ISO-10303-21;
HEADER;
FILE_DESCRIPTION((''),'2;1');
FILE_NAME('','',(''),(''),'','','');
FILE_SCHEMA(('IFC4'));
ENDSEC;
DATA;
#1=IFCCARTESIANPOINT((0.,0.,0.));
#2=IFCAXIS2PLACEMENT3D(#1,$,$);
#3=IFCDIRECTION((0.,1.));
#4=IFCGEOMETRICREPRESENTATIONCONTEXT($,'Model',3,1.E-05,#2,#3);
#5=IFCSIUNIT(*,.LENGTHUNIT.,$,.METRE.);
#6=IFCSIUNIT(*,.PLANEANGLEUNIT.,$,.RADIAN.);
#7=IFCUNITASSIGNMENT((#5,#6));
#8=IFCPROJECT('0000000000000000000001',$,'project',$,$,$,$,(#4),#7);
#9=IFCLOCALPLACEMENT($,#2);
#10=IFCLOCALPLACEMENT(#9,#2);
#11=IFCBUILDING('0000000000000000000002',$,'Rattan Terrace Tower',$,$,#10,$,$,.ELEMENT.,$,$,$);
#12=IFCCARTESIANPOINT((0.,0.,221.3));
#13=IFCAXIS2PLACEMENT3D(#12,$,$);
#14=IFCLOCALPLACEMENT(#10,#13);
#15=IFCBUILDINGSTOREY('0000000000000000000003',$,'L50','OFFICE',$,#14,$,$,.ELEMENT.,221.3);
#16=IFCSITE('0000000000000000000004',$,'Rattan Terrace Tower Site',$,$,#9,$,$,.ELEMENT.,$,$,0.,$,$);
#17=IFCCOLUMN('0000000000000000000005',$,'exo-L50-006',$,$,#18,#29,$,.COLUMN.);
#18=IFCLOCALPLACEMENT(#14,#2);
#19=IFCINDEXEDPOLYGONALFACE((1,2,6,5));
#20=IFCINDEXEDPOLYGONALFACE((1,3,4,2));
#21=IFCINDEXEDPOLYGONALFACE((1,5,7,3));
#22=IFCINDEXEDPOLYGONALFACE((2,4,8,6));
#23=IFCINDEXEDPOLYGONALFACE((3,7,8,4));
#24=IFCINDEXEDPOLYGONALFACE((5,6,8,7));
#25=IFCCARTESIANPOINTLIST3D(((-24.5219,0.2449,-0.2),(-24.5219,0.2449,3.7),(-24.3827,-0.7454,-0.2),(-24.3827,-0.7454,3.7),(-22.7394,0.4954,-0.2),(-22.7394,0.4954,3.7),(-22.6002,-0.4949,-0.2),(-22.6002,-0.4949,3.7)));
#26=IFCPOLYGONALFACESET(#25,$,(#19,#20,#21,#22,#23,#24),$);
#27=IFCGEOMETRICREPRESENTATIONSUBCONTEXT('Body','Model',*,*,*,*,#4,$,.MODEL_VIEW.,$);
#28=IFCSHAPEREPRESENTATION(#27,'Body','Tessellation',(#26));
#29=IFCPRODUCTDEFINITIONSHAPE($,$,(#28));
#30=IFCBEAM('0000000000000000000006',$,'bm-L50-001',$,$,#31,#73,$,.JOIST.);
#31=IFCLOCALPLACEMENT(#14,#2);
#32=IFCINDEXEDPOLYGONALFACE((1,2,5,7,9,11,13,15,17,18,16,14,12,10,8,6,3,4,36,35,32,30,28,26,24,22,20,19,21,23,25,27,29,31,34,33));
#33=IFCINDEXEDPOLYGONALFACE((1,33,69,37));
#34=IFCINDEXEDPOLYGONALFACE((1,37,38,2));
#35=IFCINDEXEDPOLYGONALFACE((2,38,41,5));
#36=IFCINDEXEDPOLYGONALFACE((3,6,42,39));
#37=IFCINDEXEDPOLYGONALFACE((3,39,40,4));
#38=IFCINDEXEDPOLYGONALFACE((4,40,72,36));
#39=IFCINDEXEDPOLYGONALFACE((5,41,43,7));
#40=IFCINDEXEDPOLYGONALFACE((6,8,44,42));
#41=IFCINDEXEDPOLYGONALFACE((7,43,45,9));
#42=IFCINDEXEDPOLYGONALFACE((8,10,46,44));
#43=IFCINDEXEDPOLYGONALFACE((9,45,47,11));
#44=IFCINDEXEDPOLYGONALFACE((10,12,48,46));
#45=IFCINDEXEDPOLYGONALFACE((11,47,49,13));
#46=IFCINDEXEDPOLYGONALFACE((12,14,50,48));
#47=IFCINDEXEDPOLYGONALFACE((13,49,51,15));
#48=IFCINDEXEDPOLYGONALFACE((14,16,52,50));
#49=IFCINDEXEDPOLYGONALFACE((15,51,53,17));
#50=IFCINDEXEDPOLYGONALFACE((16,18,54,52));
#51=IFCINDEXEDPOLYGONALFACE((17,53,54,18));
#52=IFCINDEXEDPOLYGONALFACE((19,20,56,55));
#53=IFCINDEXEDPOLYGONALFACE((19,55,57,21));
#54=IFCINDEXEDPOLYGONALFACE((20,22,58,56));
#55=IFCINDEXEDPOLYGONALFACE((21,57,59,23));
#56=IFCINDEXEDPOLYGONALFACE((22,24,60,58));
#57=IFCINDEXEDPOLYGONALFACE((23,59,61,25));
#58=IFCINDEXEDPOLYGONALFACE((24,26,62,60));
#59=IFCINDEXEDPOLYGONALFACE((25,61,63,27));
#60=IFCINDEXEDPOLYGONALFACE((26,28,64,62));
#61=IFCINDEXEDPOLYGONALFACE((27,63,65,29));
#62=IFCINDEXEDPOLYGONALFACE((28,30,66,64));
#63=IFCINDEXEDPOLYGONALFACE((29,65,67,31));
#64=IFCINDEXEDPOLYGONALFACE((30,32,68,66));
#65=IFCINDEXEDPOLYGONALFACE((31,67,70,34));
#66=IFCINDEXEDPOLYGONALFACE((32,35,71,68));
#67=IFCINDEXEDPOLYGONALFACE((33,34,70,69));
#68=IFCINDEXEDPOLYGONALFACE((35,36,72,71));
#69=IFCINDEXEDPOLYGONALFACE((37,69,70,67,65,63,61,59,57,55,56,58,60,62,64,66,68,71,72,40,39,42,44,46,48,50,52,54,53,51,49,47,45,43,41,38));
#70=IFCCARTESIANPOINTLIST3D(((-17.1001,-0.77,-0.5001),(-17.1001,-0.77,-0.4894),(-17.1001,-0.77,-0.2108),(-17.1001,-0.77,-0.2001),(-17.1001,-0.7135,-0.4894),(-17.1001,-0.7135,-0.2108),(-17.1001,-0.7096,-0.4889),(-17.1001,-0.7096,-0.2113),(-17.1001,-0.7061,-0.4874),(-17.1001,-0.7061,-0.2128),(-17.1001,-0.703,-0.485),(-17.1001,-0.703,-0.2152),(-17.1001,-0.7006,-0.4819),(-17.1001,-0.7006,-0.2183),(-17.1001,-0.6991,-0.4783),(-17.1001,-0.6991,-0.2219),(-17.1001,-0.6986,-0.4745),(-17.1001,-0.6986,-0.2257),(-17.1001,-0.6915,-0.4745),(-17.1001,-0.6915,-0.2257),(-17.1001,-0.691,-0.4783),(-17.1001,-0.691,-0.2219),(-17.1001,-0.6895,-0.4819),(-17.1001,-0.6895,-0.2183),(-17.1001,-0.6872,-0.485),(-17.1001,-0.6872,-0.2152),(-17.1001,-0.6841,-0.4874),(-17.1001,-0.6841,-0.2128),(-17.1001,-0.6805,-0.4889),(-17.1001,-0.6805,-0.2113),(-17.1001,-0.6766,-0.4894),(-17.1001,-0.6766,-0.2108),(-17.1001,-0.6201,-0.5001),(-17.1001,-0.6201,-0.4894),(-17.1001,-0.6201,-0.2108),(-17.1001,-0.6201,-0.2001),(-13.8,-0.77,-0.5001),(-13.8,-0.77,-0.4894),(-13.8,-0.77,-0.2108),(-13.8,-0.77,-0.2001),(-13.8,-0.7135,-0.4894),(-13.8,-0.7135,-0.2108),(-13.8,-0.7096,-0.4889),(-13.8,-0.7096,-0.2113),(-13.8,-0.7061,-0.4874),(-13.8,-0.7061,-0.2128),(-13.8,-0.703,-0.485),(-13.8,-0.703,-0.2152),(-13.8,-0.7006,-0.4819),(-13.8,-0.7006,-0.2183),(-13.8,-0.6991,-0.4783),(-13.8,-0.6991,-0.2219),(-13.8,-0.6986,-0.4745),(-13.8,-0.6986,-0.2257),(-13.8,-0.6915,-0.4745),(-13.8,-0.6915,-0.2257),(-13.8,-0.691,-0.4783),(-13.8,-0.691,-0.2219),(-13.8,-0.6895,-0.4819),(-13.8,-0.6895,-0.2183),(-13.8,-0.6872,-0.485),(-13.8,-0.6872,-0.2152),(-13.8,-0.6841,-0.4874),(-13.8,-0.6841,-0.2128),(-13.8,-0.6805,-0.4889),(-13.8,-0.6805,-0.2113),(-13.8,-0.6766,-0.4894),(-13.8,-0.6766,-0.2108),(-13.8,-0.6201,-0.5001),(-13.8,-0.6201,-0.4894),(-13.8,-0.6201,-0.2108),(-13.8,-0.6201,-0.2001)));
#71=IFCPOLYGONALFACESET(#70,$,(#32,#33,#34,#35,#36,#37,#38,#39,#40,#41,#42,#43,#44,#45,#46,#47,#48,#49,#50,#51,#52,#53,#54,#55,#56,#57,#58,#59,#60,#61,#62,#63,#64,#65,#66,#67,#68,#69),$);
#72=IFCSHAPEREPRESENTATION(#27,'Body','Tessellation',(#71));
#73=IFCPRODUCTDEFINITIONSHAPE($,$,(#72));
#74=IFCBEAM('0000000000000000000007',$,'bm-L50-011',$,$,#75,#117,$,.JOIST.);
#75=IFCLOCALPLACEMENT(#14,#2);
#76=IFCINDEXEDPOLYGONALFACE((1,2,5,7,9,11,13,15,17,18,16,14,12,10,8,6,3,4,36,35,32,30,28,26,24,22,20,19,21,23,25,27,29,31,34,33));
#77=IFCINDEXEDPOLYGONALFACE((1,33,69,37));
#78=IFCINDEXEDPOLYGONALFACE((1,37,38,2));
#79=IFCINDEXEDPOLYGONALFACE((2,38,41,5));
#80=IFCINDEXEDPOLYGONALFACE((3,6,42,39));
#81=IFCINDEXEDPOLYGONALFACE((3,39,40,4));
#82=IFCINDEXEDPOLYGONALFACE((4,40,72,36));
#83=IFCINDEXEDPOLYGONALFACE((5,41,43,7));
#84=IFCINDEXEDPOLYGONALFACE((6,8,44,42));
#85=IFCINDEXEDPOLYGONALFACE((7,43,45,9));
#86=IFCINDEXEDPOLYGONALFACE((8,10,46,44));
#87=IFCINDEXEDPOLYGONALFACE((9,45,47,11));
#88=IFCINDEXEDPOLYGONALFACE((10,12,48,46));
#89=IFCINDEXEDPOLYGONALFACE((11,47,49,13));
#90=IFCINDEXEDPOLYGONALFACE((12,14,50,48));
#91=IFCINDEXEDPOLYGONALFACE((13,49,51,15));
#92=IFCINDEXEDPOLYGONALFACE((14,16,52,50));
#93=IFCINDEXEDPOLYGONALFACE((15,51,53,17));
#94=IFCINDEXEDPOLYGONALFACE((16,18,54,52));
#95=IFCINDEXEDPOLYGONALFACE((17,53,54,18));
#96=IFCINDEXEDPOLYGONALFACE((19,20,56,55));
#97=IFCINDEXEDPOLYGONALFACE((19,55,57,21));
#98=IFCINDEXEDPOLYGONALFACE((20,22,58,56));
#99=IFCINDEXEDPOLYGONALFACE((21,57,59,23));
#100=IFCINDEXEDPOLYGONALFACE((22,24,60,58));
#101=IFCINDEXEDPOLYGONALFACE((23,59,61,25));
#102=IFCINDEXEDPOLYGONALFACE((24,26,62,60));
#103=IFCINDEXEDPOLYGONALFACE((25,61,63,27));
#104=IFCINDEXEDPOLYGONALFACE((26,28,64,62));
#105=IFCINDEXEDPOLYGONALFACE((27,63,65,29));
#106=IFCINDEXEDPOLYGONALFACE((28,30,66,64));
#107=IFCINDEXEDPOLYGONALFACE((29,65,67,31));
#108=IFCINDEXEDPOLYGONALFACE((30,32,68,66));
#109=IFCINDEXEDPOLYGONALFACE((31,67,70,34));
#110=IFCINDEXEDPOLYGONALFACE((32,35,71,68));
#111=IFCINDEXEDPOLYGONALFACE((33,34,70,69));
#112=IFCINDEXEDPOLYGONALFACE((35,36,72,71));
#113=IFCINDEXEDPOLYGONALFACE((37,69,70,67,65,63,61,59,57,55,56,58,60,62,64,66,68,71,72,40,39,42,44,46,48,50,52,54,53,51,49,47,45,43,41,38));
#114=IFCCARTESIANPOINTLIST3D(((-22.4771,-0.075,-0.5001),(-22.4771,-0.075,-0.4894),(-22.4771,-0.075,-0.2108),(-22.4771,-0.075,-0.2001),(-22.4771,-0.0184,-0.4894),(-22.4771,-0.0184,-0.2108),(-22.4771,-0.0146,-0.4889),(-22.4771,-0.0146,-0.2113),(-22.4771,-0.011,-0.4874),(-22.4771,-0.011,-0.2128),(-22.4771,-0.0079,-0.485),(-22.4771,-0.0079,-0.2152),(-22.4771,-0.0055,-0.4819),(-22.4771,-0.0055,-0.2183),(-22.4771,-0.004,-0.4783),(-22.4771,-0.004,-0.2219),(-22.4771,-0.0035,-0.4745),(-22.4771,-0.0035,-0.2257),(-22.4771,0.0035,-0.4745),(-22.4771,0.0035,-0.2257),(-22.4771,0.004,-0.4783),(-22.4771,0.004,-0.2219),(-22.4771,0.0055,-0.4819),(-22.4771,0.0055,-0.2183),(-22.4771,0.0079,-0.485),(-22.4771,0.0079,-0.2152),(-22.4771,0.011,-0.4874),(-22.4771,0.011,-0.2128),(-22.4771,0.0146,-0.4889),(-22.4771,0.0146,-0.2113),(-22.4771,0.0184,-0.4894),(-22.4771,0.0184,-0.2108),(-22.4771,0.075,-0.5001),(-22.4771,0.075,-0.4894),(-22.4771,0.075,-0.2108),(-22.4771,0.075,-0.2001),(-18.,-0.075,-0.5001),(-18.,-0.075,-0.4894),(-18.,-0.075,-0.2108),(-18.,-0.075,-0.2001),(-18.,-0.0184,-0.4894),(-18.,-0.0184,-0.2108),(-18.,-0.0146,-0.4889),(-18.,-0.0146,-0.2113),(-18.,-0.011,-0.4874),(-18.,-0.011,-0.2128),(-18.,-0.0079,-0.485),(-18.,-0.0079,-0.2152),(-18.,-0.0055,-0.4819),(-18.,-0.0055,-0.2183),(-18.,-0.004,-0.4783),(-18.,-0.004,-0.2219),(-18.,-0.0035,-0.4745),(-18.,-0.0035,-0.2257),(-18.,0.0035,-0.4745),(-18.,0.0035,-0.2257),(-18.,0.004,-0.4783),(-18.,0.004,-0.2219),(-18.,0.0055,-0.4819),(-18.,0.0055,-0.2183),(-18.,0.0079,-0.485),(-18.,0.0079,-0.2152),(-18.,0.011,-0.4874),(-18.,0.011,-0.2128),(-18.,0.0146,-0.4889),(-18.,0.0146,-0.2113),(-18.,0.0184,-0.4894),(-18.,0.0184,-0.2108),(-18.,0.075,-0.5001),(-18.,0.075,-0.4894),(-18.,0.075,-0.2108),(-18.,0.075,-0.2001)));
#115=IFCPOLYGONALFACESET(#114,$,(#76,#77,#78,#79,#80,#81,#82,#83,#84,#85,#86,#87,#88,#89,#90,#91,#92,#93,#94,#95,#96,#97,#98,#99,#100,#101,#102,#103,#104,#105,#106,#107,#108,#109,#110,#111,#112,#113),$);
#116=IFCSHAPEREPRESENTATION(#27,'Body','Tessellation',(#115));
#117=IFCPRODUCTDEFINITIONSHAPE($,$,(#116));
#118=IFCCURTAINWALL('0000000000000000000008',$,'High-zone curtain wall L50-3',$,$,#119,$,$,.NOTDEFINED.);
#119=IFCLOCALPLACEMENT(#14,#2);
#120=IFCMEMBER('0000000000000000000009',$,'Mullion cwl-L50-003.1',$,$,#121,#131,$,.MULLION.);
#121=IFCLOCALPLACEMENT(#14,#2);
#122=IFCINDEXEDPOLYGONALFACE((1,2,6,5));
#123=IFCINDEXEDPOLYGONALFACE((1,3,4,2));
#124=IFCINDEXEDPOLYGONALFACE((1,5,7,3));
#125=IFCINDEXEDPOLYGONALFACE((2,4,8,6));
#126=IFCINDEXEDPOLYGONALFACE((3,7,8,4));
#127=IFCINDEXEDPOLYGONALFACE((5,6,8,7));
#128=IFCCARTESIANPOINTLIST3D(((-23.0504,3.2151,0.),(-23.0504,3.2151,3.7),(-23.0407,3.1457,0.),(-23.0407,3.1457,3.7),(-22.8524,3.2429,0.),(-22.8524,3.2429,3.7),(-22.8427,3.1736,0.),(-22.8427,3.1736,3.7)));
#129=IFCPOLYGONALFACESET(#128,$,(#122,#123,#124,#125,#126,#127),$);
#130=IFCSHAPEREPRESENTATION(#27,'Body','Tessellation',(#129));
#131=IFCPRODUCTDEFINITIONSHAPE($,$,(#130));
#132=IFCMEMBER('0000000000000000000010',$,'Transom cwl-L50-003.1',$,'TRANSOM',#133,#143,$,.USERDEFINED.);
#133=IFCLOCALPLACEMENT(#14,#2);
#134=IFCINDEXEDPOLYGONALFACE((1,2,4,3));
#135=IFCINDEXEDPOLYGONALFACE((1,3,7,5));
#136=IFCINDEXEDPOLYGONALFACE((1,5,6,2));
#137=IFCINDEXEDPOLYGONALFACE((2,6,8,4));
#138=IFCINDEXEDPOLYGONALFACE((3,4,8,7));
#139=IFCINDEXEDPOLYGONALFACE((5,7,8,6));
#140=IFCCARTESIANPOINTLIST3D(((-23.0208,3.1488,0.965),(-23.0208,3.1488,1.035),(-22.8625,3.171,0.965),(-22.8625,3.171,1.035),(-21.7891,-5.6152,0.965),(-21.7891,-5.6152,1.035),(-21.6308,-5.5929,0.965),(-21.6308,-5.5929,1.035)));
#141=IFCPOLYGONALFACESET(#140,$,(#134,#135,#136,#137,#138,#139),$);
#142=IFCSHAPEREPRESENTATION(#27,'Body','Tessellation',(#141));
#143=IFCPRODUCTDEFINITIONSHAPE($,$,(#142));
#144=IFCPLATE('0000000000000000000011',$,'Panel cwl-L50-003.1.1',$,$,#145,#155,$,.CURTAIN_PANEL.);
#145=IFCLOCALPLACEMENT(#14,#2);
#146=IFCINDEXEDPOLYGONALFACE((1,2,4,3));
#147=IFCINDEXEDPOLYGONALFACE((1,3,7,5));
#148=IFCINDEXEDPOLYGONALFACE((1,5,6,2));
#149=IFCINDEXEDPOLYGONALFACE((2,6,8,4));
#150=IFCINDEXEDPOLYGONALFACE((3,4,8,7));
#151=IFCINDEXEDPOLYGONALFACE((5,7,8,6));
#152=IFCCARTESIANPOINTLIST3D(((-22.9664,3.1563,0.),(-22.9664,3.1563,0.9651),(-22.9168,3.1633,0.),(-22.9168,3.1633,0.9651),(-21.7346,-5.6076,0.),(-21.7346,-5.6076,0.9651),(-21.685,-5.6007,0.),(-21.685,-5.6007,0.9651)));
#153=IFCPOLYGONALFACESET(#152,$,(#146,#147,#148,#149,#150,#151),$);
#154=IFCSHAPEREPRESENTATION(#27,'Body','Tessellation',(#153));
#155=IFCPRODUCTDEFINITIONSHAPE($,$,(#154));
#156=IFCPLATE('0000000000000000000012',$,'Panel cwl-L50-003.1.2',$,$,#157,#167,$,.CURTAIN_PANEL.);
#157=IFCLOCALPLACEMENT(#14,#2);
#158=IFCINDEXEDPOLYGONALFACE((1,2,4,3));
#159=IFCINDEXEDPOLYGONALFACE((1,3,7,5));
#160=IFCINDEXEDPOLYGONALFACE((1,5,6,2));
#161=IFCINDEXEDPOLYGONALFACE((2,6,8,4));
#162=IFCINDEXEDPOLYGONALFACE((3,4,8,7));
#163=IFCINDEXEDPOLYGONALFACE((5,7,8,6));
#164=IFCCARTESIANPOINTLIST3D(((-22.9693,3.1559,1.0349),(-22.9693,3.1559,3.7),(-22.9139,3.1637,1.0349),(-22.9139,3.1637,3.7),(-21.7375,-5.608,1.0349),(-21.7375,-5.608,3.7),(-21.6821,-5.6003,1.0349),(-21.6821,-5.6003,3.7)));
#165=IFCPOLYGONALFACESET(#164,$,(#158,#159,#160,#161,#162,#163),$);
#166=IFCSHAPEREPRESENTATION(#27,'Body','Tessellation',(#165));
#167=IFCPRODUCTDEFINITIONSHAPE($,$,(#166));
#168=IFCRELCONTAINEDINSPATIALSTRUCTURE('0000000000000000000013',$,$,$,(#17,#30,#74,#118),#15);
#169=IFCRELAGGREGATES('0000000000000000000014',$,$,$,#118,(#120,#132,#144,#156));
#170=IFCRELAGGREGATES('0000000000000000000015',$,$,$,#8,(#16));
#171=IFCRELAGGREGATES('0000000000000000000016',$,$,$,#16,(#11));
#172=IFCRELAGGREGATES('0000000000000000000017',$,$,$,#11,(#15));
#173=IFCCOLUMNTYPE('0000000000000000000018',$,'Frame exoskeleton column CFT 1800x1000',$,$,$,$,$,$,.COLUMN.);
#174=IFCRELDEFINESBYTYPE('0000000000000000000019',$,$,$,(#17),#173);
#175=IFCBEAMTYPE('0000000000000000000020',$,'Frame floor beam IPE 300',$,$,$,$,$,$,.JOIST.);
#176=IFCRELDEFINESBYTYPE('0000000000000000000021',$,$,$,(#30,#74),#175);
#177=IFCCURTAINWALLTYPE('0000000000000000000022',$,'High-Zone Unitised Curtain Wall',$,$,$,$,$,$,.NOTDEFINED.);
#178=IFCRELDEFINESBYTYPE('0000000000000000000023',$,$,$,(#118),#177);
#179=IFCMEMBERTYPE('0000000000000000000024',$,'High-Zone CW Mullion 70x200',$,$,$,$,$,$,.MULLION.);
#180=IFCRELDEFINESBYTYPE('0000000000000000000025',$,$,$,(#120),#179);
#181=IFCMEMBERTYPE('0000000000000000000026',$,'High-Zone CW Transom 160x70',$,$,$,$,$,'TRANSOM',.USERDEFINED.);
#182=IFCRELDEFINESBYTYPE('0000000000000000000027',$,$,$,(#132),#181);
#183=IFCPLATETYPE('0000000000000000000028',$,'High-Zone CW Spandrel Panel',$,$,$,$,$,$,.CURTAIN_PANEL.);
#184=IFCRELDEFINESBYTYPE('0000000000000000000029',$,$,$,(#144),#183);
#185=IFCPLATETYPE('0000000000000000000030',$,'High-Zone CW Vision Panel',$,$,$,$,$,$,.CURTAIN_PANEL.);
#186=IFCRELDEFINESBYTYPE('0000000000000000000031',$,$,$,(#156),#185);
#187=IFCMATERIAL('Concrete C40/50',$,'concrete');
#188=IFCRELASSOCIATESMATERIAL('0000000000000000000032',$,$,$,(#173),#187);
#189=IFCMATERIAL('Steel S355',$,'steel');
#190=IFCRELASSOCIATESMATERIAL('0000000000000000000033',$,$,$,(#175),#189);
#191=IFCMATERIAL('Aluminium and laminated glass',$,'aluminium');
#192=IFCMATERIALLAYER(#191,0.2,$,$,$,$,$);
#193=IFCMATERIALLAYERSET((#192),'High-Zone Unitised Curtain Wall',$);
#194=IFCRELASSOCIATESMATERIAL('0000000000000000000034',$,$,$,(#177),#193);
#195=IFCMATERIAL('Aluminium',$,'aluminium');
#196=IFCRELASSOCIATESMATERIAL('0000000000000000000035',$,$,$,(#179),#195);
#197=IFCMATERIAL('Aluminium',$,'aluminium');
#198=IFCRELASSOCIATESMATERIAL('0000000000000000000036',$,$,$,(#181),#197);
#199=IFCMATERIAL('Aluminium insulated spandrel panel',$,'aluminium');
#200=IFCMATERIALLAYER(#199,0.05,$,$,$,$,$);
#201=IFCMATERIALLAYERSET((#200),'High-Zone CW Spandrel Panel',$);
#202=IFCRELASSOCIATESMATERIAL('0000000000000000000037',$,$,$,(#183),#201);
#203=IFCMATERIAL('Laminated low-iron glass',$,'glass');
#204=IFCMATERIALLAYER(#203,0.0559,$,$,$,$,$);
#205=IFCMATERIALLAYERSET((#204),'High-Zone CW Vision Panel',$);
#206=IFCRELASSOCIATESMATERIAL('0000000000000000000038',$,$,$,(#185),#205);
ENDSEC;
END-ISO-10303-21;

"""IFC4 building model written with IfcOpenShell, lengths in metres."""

from ifc_helpers import new_model, si_unit, direction, frame, origin, origin_2d, place, context, subcontext, project, spatial, rectangle, i_section, extrude, material, layer, layer_set, material_profile, profile_set, type_object, element, aggregate, save


model = new_model("IFC4")

# Units and contexts
model_context = context("Model", 3, precision=1e-05, world=origin(), true_north=direction((0.0, 1.0)))
body_context = subcontext(model_context, "Body", "Model", "MODEL_VIEW")
ifc_project = project(units=[si_unit("LENGTHUNIT", "METRE"), si_unit("PLANEANGLEUNIT", "RADIAN")], contexts=[model_context])

# Site, building, storey
site_placement = place(None, origin())
site = spatial("IfcSite", under=ifc_project, at=site_placement, Name="Rattan Terrace Tower Site", CompositionType="ELEMENT", RefElevation=0.0)
building_placement = place(site_placement, origin())
building = spatial("IfcBuilding", under=site, at=building_placement, Name="Rattan Terrace Tower", CompositionType="ELEMENT")
storey_placement = place(building_placement, frame((0.0, 0.0, 221.3)))
storey = spatial("IfcBuildingStorey", under=building, at=storey_placement, Name="L50", Description="OFFICE", CompositionType="ELEMENT", Elevation=221.3)

# Column
ifc_material_1 = material(Name="Concrete C40/50", Category="concrete")
ifc_material_profile_1 = material_profile(ifc_material_1, rectangle(XDim=1.0, YDim=1.8, at=origin_2d()), Name="CFT 1800x1000")
ifc_profile_set_1 = profile_set([ifc_material_profile_1], Name="Concrete C40/50")
column_type = type_object("IfcColumnType", Name="Frame exoskeleton column CFT 1800x1000", PredefinedType="COLUMN", material=ifc_profile_set_1)
column_placement = place(storey_placement, frame((-23.561, -0.125, -0.2), z_axis=(0.0, 0.0, 1.0), x_axis=(-0.13919, 0.990266, 0.0)))
element("IfcColumn", 1, at=column_placement, inside=storey, type_object=column_type, Name="exo-L50-006", PredefinedType="COLUMN", context=body_context, shape_type="SweptSolid", body=[
    extrude(rectangle(XDim=1.0, YDim=1.8, at=origin_2d()), origin(), (0.0, 0.0, 1.0), 3.8999),
])

# Beams
ifc_material_2 = material(Name="Steel S355", Category="steel")
ifc_material_profile_2 = material_profile(ifc_material_2, i_section(OverallWidth=0.1499, OverallDepth=0.3, WebThickness=0.0071, FlangeThickness=0.0107, FilletRadius=0.0149, at=origin_2d()), Name="IPE 300")
ifc_profile_set_2 = profile_set([ifc_material_profile_2], Name="Steel S355")
beam_type = type_object("IfcBeamType", Name="Frame floor beam IPE 300", PredefinedType="JOIST", material=ifc_profile_set_2)
beam_1_placement = place(storey_placement, frame((-17.1001, -0.6951, -0.3501), z_axis=(1.0, 0.0, 0.0), x_axis=(0.0, 1.0, 0.0)))
element("IfcBeam", 2, at=beam_1_placement, inside=storey, type_object=beam_type, Name="bm-L50-001", PredefinedType="JOIST", context=body_context, shape_type="SweptSolid", body=[
    extrude(i_section(OverallWidth=0.1499, OverallDepth=0.3, WebThickness=0.0071, FlangeThickness=0.0107, FilletRadius=0.0149, at=origin_2d()), origin(), (0.0, 0.0, 1.0), 3.3),
])
beam_2_placement = place(storey_placement, frame((-22.4771, 0.0, -0.3501), z_axis=(1.0, 0.0, 0.0), x_axis=(0.0, 1.0, 0.0)))
element("IfcBeam", 3, at=beam_2_placement, inside=storey, type_object=beam_type, Name="bm-L50-011", PredefinedType="JOIST", context=body_context, shape_type="SweptSolid", body=[
    extrude(i_section(OverallWidth=0.1499, OverallDepth=0.3, WebThickness=0.0071, FlangeThickness=0.0107, FilletRadius=0.0149, at=origin_2d()), origin(), (0.0, 0.0, 1.0), 4.4771),
])

# Curtain wall, members, plates
ifc_material_3 = material(Name="Aluminium and laminated glass", Category="aluminium")
ifc_layer_1 = layer(ifc_material_3, 0.2)
ifc_layer_set_1 = layer_set([ifc_layer_1], Name="High-Zone Unitised Curtain Wall")
curtain_wall_type = type_object("IfcCurtainWallType", Name="High-Zone Unitised Curtain Wall", PredefinedType="NOTDEFINED", material=ifc_layer_set_1)
curtain_wall_placement = place(storey_placement, origin())
curtain_wall = element("IfcCurtainWall", 4, at=curtain_wall_placement, inside=storey, type_object=curtain_wall_type, Name="High-zone curtain wall L50-3", PredefinedType="NOTDEFINED")
ifc_material_4 = material(Name="Aluminium", Category="aluminium")
ifc_material_profile_3 = material_profile(ifc_material_4, rectangle(XDim=0.0701, YDim=0.2, at=origin_2d()), Name="Aluminium 70x200")
ifc_profile_set_3 = profile_set([ifc_material_profile_3], Name="Aluminium")
member_type_1 = type_object("IfcMemberType", Name="High-Zone CW Mullion 70x200", PredefinedType="MULLION", material=ifc_profile_set_3)
member_1_placement = place(storey_placement, frame((-22.9465, 3.1943, 0.0), z_axis=(0.0, 0.0, 1.0), x_axis=(0.139186, -0.990266, 0.0)))
member_1 = element("IfcMember", 5, at=member_1_placement, type_object=member_type_1, Name="Mullion cwl-L50-003.1", PredefinedType="MULLION", context=body_context, shape_type="SweptSolid", body=[
    extrude(rectangle(XDim=0.0701, YDim=0.2, at=origin_2d()), origin(), (0.0, 0.0, 1.0), 3.7),
])
ifc_material_5 = material(Name="Aluminium", Category="aluminium")
ifc_material_profile_4 = material_profile(ifc_material_5, rectangle(XDim=0.1599, YDim=0.0701, at=origin_2d()), Name="Aluminium 160x70")
ifc_profile_set_4 = profile_set([ifc_material_profile_4], Name="Aluminium")
member_type_2 = type_object("IfcMemberType", Name="High-Zone CW Transom 160x70", ElementType="TRANSOM", PredefinedType="USERDEFINED", material=ifc_profile_set_4)
member_2_placement = place(storey_placement, frame((-22.9417, 3.1599, 1.0), z_axis=(0.139173, -0.990268, 0.0), x_axis=(0.990268, 0.139173, 0.0)))
member_2 = element("IfcMember", 6, at=member_2_placement, type_object=member_type_2, Name="Transom cwl-L50-003.1", ObjectType="TRANSOM", PredefinedType="USERDEFINED", context=body_context, shape_type="SweptSolid", body=[
    extrude(rectangle(XDim=0.1599, YDim=0.0701, at=origin_2d()), origin(), (0.0, 0.0, 1.0), 8.8501),
])
ifc_material_6 = material(Name="Aluminium insulated spandrel panel", Category="aluminium")
ifc_layer_2 = layer(ifc_material_6, 0.05)
ifc_layer_set_2 = layer_set([ifc_layer_2], Name="High-Zone CW Spandrel Panel")
plate_type_1 = type_object("IfcPlateType", Name="High-Zone CW Spandrel Panel", PredefinedType="CURTAIN_PANEL", material=ifc_layer_set_2)
plate_1_placement = place(storey_placement, frame((-22.3257, -1.2222, 0.0), z_axis=(0.0, 0.0, 1.0), x_axis=(0.139186, -0.990266, 0.0)))
plate_1 = element("IfcPlate", 7, at=plate_1_placement, type_object=plate_type_1, Name="Panel cwl-L50-003.1.1", PredefinedType="CURTAIN_PANEL", context=body_context, shape_type="SweptSolid", body=[
    extrude(rectangle(XDim=8.8501, YDim=0.05, at=origin_2d()), origin(), (0.0, 0.0, 1.0), 0.9651),
])
ifc_material_7 = material(Name="Laminated low-iron glass", Category="glass")
ifc_layer_3 = layer(ifc_material_7, 0.0559)
ifc_layer_set_3 = layer_set([ifc_layer_3], Name="High-Zone CW Vision Panel")
plate_type_2 = type_object("IfcPlateType", Name="High-Zone CW Vision Panel", PredefinedType="CURTAIN_PANEL", material=ifc_layer_set_3)
plate_2_placement = place(storey_placement, frame((-22.3257, -1.2222, 1.0349), z_axis=(0.0, 0.0, 1.0), x_axis=(0.139186, -0.990266, 0.0)))
plate_2 = element("IfcPlate", 8, at=plate_2_placement, type_object=plate_type_2, Name="Panel cwl-L50-003.1.2", PredefinedType="CURTAIN_PANEL", context=body_context, shape_type="SweptSolid", body=[
    extrude(rectangle(XDim=8.8501, YDim=0.0559, at=origin_2d()), origin(), (0.0, 0.0, 1.0), 2.665),
])
aggregate(curtain_wall, [member_1, member_2, plate_1, plate_2])

save(model, "model.ifc")
